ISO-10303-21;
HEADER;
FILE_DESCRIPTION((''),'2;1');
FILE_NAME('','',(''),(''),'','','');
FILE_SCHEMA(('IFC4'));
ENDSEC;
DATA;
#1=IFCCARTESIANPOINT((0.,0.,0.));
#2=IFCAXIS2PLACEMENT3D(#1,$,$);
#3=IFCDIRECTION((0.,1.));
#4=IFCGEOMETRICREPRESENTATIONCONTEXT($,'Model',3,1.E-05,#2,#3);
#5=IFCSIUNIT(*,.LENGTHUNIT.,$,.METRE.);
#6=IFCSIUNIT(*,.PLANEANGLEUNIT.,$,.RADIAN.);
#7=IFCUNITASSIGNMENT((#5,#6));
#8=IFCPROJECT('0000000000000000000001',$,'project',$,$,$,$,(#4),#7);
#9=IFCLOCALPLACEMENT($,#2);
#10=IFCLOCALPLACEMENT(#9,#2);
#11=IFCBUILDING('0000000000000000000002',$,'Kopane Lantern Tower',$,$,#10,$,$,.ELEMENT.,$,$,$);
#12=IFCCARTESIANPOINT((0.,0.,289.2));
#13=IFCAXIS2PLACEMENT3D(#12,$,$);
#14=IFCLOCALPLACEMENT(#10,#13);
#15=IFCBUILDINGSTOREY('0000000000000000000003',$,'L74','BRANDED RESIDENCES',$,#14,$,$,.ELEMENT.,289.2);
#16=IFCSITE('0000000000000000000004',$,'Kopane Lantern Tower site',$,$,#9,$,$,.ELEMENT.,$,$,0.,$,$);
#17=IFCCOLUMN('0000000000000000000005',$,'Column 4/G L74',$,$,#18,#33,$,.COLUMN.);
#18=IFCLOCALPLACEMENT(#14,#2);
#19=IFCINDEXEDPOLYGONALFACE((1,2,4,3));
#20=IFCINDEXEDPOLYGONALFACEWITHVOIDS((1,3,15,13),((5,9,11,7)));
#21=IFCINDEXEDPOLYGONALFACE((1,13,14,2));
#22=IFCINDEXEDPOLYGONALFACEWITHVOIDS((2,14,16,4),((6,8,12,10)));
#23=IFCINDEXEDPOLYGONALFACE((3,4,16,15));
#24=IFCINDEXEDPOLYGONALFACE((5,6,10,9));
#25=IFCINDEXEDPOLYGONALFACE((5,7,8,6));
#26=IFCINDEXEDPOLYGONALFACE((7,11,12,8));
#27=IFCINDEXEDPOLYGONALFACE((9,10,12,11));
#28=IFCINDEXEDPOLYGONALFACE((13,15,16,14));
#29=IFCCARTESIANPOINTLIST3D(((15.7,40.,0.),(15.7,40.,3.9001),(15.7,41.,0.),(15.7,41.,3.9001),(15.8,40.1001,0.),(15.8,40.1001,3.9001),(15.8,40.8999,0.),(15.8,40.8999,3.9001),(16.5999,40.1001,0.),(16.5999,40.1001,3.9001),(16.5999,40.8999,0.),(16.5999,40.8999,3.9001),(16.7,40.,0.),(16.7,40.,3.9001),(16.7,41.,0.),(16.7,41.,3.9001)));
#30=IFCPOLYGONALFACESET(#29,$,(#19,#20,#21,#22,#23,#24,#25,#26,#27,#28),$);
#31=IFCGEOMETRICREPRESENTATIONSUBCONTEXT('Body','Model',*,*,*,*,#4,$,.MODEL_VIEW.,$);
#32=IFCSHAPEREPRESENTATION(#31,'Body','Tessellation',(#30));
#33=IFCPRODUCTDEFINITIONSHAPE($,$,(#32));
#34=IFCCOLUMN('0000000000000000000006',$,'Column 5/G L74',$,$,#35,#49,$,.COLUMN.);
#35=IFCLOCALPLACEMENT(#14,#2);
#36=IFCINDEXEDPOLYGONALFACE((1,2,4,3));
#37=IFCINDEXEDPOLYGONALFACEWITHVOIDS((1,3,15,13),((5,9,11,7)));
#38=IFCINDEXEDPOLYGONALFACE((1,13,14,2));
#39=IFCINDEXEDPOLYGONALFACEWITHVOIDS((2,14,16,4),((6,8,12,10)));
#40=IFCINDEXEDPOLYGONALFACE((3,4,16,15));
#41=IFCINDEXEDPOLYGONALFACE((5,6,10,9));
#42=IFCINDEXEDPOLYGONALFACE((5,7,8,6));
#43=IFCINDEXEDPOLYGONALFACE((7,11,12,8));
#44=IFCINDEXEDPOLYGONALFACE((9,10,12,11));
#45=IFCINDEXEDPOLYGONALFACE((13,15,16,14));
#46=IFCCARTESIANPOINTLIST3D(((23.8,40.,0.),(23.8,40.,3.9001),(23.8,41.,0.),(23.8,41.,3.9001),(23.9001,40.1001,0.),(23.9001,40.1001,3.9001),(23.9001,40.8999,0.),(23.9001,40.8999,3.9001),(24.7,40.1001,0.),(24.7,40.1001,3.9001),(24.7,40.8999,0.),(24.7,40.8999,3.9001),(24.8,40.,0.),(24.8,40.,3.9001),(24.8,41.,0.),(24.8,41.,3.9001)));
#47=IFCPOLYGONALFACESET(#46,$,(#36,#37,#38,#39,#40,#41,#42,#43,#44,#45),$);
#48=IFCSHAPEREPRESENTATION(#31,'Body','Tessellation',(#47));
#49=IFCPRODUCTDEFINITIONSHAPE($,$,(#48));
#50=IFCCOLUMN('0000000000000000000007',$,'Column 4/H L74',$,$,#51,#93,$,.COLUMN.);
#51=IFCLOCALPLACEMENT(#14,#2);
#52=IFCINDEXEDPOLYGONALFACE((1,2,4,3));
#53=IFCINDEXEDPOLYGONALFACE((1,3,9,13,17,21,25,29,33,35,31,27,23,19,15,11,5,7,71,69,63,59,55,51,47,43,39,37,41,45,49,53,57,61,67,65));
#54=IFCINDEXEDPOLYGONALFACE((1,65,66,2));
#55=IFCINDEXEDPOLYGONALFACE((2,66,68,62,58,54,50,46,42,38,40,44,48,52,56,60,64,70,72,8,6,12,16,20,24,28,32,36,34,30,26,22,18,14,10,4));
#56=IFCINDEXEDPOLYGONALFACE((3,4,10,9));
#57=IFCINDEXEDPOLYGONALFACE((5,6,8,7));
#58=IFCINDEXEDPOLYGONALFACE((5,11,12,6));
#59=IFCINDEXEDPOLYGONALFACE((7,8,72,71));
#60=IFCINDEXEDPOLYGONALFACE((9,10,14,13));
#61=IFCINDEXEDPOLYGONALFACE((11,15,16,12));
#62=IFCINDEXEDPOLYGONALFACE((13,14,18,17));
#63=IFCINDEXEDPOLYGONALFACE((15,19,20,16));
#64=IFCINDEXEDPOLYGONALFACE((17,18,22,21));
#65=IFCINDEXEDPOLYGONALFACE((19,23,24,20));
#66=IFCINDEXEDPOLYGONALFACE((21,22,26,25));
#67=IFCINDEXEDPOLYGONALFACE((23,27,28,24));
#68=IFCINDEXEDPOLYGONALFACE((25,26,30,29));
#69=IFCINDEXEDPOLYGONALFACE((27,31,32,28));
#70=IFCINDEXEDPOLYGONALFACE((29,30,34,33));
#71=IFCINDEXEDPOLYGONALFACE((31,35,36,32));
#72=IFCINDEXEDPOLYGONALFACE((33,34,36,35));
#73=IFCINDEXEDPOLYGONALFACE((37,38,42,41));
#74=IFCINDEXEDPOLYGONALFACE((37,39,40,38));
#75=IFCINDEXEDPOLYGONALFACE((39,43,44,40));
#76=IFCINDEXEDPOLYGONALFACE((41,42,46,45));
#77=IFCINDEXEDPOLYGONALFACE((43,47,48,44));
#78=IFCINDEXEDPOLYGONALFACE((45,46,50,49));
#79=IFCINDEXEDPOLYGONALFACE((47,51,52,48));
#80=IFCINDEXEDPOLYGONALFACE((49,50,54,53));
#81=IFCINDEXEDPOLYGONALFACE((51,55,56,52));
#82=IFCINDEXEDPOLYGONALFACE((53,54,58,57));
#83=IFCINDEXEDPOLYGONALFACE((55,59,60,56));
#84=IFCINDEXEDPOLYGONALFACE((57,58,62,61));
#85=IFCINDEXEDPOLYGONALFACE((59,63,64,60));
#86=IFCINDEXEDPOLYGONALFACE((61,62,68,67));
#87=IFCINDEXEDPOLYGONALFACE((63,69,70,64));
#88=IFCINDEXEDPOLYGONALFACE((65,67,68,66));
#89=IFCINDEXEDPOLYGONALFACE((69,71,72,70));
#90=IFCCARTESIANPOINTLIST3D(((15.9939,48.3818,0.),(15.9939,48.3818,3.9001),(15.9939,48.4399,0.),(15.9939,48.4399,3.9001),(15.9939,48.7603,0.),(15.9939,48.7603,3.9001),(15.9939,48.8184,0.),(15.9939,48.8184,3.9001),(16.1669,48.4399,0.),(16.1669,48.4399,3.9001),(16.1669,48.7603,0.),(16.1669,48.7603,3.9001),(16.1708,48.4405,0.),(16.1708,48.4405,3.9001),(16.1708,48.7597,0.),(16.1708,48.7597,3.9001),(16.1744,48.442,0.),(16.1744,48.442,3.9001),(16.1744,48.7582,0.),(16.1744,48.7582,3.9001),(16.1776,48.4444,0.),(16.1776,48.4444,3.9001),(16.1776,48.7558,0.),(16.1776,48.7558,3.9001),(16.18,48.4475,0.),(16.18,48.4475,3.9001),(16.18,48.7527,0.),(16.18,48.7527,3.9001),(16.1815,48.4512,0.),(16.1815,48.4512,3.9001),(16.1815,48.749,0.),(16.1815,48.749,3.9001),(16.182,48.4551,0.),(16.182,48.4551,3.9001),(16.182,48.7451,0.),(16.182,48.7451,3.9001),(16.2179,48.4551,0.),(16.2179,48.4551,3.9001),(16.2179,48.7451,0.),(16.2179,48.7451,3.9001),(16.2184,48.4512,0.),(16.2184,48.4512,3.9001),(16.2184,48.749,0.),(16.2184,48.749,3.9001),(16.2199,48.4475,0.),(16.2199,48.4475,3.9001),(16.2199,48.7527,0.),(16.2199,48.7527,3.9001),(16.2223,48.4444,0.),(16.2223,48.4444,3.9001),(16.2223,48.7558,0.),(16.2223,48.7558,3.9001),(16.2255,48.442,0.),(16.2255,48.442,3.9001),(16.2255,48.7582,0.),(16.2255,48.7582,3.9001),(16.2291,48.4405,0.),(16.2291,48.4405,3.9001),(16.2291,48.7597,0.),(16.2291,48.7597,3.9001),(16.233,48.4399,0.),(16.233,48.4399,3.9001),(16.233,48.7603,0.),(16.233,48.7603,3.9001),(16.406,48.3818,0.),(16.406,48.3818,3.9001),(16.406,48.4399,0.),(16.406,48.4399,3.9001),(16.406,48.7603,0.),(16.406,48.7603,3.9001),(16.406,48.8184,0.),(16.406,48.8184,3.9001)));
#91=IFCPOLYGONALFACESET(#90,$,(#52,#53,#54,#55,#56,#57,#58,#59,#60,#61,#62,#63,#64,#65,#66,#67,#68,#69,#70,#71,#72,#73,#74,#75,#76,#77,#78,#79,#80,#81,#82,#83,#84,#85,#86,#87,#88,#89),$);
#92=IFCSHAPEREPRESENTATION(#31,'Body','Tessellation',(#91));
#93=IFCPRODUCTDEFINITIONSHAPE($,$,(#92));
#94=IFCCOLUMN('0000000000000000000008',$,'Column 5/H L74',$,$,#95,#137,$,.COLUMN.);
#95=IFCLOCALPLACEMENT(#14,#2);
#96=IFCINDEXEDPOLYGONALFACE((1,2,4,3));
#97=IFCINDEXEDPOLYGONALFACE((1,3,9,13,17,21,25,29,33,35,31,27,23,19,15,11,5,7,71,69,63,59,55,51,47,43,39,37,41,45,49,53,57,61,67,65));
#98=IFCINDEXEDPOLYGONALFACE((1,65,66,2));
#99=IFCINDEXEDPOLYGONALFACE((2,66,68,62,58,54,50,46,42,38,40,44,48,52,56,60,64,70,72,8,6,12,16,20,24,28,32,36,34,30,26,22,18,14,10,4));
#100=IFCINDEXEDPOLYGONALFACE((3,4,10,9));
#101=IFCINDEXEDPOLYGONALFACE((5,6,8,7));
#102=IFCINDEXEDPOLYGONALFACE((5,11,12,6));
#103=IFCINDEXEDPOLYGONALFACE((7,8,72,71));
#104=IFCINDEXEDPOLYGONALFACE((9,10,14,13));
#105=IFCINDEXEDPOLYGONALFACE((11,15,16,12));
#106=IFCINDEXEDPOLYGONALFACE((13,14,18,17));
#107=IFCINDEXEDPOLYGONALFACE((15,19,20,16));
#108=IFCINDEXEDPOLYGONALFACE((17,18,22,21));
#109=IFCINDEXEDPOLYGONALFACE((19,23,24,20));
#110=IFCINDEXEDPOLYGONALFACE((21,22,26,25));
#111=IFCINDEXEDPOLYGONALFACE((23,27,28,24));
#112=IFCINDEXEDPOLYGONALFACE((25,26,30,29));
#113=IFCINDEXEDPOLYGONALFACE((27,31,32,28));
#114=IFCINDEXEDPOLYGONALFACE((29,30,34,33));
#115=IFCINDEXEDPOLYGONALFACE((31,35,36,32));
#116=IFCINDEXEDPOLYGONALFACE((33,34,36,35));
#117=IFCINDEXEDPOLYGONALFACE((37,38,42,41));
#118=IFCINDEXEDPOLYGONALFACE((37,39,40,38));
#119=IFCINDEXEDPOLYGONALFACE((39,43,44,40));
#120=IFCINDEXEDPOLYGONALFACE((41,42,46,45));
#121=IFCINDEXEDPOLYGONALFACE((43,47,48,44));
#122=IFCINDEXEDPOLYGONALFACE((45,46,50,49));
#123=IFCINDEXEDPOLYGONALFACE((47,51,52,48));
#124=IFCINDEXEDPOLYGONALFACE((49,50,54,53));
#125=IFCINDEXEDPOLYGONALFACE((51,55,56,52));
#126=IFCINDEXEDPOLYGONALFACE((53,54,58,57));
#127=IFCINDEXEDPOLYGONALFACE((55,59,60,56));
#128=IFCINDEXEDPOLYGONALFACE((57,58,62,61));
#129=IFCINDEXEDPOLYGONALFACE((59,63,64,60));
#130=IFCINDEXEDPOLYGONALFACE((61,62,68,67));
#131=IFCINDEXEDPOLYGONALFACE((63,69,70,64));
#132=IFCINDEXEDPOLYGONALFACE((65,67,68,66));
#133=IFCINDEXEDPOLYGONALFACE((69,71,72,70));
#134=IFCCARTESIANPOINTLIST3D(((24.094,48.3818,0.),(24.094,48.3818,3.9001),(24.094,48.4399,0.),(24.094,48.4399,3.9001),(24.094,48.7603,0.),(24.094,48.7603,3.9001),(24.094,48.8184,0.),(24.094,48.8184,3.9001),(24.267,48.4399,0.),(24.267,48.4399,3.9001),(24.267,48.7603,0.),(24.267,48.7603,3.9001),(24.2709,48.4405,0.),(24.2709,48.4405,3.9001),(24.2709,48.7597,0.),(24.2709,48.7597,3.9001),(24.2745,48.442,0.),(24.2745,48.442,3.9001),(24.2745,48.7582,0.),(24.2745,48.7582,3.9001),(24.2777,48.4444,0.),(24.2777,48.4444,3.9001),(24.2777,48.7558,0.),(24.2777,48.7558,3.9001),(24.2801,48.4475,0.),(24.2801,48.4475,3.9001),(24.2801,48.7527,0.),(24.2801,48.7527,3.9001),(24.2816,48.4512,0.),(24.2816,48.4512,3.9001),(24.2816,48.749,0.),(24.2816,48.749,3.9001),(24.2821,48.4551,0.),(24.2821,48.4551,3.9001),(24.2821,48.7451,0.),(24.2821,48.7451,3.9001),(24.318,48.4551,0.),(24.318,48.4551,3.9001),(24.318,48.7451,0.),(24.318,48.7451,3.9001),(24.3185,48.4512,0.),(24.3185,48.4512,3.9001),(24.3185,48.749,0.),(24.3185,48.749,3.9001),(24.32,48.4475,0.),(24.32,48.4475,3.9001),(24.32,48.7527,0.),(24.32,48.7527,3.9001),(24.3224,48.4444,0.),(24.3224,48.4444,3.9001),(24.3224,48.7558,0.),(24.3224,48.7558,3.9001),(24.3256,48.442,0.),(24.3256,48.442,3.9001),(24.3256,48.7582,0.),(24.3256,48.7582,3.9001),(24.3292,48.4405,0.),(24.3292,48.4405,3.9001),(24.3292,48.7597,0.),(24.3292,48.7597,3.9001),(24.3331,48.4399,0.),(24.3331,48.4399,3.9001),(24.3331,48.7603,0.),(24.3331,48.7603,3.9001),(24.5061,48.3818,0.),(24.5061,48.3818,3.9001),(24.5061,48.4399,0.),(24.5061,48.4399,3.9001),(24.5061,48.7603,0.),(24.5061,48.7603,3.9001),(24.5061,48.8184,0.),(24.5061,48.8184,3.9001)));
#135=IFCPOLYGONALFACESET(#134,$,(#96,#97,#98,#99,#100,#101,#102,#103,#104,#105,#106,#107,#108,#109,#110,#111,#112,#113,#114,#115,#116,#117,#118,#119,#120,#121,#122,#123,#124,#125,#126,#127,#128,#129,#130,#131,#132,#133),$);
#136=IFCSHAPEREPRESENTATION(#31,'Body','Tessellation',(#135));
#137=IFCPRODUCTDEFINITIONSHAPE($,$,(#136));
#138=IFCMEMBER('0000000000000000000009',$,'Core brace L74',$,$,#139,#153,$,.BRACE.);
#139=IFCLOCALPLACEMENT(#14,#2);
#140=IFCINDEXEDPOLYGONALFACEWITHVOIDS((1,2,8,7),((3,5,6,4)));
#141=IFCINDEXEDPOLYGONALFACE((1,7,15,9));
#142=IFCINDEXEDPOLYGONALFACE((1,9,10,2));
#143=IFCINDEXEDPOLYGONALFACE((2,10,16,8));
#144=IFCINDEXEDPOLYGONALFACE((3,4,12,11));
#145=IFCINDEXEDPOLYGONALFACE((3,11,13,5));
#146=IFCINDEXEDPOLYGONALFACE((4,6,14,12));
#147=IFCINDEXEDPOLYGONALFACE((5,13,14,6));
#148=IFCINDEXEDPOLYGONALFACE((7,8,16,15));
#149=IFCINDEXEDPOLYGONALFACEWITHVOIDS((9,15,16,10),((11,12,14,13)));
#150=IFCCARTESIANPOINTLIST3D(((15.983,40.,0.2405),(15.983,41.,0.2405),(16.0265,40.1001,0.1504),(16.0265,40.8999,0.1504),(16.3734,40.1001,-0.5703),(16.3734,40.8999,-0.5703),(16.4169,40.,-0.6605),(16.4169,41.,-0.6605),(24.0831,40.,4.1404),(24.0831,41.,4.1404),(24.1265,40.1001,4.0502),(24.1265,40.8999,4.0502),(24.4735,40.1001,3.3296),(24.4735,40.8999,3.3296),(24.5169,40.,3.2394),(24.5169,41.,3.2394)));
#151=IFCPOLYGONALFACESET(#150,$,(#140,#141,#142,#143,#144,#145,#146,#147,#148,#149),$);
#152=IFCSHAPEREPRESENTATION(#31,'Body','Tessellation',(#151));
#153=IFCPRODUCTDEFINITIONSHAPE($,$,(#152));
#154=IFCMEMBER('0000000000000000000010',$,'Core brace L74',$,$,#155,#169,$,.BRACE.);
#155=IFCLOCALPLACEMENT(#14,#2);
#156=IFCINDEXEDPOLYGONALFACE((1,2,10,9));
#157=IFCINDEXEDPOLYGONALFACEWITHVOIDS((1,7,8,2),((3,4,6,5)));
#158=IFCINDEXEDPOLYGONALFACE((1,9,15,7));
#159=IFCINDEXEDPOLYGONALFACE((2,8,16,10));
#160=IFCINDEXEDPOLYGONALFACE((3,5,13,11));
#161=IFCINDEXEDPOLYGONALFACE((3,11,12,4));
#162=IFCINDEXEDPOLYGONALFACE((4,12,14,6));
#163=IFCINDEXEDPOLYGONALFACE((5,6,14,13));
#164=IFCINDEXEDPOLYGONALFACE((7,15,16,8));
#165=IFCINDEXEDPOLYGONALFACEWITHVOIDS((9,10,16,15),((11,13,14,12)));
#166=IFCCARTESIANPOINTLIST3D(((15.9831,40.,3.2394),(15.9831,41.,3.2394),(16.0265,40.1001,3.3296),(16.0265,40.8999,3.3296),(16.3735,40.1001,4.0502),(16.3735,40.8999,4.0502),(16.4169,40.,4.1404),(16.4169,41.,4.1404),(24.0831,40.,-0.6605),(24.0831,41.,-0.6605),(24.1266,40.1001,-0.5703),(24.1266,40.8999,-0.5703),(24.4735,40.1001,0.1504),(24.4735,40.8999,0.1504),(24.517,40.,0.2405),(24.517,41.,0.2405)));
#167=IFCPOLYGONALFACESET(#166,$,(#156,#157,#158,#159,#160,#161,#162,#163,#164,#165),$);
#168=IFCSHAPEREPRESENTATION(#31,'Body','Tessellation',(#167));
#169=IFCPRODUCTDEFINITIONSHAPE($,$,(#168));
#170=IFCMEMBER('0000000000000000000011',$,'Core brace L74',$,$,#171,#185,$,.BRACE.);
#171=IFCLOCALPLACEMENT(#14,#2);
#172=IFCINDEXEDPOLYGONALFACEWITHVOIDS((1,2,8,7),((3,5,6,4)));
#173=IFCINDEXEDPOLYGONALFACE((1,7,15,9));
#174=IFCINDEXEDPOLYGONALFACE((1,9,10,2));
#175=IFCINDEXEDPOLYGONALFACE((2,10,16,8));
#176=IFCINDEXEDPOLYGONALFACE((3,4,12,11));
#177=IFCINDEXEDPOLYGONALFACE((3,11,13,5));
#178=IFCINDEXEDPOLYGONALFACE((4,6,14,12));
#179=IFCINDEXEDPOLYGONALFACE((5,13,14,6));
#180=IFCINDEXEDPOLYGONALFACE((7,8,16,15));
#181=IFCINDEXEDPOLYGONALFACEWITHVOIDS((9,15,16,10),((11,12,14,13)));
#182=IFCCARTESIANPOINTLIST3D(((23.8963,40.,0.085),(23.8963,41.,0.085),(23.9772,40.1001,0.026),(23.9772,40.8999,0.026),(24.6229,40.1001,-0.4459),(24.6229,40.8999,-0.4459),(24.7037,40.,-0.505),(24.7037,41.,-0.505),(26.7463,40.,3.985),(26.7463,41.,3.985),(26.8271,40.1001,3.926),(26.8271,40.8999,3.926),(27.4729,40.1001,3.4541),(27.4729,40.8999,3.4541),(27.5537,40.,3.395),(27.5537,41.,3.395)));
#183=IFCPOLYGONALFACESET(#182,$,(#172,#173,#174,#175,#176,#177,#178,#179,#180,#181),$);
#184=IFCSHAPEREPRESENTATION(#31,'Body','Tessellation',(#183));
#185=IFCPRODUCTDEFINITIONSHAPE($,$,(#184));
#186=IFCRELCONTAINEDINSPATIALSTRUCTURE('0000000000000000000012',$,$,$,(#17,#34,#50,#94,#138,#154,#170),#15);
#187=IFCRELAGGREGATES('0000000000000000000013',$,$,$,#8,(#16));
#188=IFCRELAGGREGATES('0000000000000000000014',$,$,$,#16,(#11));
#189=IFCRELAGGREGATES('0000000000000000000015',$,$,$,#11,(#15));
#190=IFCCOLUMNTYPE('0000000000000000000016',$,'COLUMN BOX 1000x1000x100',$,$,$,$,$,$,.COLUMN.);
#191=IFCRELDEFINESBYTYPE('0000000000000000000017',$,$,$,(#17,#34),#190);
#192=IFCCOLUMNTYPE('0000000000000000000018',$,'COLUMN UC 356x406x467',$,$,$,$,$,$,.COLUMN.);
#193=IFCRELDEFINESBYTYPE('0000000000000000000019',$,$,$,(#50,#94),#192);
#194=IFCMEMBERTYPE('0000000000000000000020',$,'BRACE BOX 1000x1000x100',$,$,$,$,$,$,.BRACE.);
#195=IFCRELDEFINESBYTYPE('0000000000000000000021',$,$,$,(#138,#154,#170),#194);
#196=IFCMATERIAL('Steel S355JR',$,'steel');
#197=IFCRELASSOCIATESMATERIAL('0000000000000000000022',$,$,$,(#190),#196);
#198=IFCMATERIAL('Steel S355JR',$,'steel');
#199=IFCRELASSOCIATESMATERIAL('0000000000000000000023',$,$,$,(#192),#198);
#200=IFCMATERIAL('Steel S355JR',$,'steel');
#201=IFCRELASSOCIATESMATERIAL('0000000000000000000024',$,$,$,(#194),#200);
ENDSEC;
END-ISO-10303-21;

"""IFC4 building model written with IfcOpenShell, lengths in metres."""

from ifc_helpers import new_model, si_unit, direction, frame, origin, origin_2d, place, context, subcontext, project, spatial, hollow_rectangle, i_section, extrude, material, material_profile, profile_set, type_object, element, save


model = new_model("IFC4")

# Units and contexts
model_context = context("Model", 3, precision=1e-05, world=origin(), true_north=direction((0.0, 1.0)))
body_context = subcontext(model_context, "Body", "Model", "MODEL_VIEW")
ifc_project = project(units=[si_unit("LENGTHUNIT", "METRE"), si_unit("PLANEANGLEUNIT", "RADIAN")], contexts=[model_context])

# Site, building, storey
site_placement = place(None, origin())
site = spatial("IfcSite", under=ifc_project, at=site_placement, Name="Kopane Lantern Tower site", CompositionType="ELEMENT", RefElevation=0.0)
building_placement = place(site_placement, origin())
building = spatial("IfcBuilding", under=site, at=building_placement, Name="Kopane Lantern Tower", CompositionType="ELEMENT")
storey_placement = place(building_placement, frame((0.0, 0.0, 289.2)))
storey = spatial("IfcBuildingStorey", under=building, at=storey_placement, Name="L74", Description="BRANDED RESIDENCES", CompositionType="ELEMENT", Elevation=289.2)

# Columns
ifc_material_1 = material(Name="Steel S355JR", Category="steel")
ifc_material_profile_1 = material_profile(ifc_material_1, hollow_rectangle(XDim=1.0, YDim=1.0, WallThickness=0.1001, at=origin_2d()), Name="BOX 1000x1000x100")
ifc_profile_set_1 = profile_set([ifc_material_profile_1], Name="Steel S355JR")
column_type_1 = type_object("IfcColumnType", Name="COLUMN BOX 1000x1000x100", PredefinedType="COLUMN", material=ifc_profile_set_1)
for number, where, z_axis, x_axis, name in (
    (1, (16.2, 40.5, 0.0), (0.0, 0.0, 1.0), (1.0, 0.0, 0.0), "Column 4/G L74"),
    (2, (24.3, 40.5, 0.0), (0.0, 0.0, 1.0), (1.0, 0.0, 0.0), "Column 5/G L74"),
):
    element("IfcColumn", number, at=place(storey_placement, frame(where, z_axis=z_axis, x_axis=x_axis)), inside=storey, type_object=column_type_1, Name=name, PredefinedType="COLUMN", context=body_context, shape_type="SweptSolid", body=[
        extrude(hollow_rectangle(XDim=1.0, YDim=1.0, WallThickness=0.1001, at=origin_2d()), origin(), (0.0, 0.0, 1.0), 3.9001),
    ])
ifc_material_2 = material(Name="Steel S355JR", Category="steel")
ifc_material_profile_2 = material_profile(ifc_material_2, i_section(OverallWidth=0.4121, OverallDepth=0.4365, WebThickness=0.0359, FlangeThickness=0.0581, FilletRadius=0.0151, at=origin_2d()), Name="UC 356x406x467")
ifc_profile_set_2 = profile_set([ifc_material_profile_2], Name="Steel S355JR")
column_type_2 = type_object("IfcColumnType", Name="COLUMN UC 356x406x467", PredefinedType="COLUMN", material=ifc_profile_set_2)
for number, where, z_axis, x_axis, name in (
    (3, (16.2, 48.6001, 0.0), (0.0, 0.0, 1.0), (1.0, 0.0, 0.0), "Column 4/H L74"),
    (4, (24.3, 48.6001, 0.0), (0.0, 0.0, 1.0), (1.0, 0.0, 0.0), "Column 5/H L74"),
):
    element("IfcColumn", number, at=place(storey_placement, frame(where, z_axis=z_axis, x_axis=x_axis)), inside=storey, type_object=column_type_2, Name=name, PredefinedType="COLUMN", context=body_context, shape_type="SweptSolid", body=[
        extrude(i_section(OverallWidth=0.4121, OverallDepth=0.4365, WebThickness=0.0359, FlangeThickness=0.0581, FilletRadius=0.0151, at=origin_2d()), origin(), (0.0, 0.0, 1.0), 3.9001),
    ])

# Members
ifc_material_3 = material(Name="Steel S355JR", Category="steel")
ifc_material_profile_3 = material_profile(ifc_material_3, hollow_rectangle(XDim=1.0, YDim=1.0, WallThickness=0.1001, at=origin_2d()), Name="BOX 1000x1000x100")
ifc_profile_set_3 = profile_set([ifc_material_profile_3], Name="Steel S355JR")
member_type_1 = type_object("IfcMemberType", Name="BRACE BOX 1000x1000x100", PredefinedType="BRACE", material=ifc_profile_set_3)
for number, where, z_axis, x_axis, name in (
    (5, (16.2, 40.5, -0.21), (0.901008, 0.0, 0.433803), (0.0, 1.0, 0.0), "Core brace L74"),
    (6, (24.3, 40.5, -0.21), (-0.901008, 0.0, 0.433803), (0.0, -1.0, 0.0), "Core brace L74"),
):
    element("IfcMember", number, at=place(storey_placement, frame(where, z_axis=z_axis, x_axis=x_axis)), inside=storey, type_object=member_type_1, Name=name, PredefinedType="BRACE", context=body_context, shape_type="SweptSolid", body=[
        extrude(hollow_rectangle(XDim=1.0, YDim=1.0, WallThickness=0.1001, at=origin_2d()), origin(), (0.0, 0.0, 1.0), 8.99),
    ])
member_1_placement = place(storey_placement, frame((24.3, 40.5, -0.21), z_axis=(0.590006, 0.0, 0.807399), x_axis=(0.0, 1.0, 0.0)))
element("IfcMember", 7, at=member_1_placement, inside=storey, type_object=member_type_1, Name="Core brace L74", PredefinedType="BRACE", context=body_context, shape_type="SweptSolid", body=[
    extrude(hollow_rectangle(XDim=1.0, YDim=1.0, WallThickness=0.1001, at=origin_2d()), origin(), (0.0, 0.0, 1.0), 4.8303),
])

save(model, "model.ifc")
